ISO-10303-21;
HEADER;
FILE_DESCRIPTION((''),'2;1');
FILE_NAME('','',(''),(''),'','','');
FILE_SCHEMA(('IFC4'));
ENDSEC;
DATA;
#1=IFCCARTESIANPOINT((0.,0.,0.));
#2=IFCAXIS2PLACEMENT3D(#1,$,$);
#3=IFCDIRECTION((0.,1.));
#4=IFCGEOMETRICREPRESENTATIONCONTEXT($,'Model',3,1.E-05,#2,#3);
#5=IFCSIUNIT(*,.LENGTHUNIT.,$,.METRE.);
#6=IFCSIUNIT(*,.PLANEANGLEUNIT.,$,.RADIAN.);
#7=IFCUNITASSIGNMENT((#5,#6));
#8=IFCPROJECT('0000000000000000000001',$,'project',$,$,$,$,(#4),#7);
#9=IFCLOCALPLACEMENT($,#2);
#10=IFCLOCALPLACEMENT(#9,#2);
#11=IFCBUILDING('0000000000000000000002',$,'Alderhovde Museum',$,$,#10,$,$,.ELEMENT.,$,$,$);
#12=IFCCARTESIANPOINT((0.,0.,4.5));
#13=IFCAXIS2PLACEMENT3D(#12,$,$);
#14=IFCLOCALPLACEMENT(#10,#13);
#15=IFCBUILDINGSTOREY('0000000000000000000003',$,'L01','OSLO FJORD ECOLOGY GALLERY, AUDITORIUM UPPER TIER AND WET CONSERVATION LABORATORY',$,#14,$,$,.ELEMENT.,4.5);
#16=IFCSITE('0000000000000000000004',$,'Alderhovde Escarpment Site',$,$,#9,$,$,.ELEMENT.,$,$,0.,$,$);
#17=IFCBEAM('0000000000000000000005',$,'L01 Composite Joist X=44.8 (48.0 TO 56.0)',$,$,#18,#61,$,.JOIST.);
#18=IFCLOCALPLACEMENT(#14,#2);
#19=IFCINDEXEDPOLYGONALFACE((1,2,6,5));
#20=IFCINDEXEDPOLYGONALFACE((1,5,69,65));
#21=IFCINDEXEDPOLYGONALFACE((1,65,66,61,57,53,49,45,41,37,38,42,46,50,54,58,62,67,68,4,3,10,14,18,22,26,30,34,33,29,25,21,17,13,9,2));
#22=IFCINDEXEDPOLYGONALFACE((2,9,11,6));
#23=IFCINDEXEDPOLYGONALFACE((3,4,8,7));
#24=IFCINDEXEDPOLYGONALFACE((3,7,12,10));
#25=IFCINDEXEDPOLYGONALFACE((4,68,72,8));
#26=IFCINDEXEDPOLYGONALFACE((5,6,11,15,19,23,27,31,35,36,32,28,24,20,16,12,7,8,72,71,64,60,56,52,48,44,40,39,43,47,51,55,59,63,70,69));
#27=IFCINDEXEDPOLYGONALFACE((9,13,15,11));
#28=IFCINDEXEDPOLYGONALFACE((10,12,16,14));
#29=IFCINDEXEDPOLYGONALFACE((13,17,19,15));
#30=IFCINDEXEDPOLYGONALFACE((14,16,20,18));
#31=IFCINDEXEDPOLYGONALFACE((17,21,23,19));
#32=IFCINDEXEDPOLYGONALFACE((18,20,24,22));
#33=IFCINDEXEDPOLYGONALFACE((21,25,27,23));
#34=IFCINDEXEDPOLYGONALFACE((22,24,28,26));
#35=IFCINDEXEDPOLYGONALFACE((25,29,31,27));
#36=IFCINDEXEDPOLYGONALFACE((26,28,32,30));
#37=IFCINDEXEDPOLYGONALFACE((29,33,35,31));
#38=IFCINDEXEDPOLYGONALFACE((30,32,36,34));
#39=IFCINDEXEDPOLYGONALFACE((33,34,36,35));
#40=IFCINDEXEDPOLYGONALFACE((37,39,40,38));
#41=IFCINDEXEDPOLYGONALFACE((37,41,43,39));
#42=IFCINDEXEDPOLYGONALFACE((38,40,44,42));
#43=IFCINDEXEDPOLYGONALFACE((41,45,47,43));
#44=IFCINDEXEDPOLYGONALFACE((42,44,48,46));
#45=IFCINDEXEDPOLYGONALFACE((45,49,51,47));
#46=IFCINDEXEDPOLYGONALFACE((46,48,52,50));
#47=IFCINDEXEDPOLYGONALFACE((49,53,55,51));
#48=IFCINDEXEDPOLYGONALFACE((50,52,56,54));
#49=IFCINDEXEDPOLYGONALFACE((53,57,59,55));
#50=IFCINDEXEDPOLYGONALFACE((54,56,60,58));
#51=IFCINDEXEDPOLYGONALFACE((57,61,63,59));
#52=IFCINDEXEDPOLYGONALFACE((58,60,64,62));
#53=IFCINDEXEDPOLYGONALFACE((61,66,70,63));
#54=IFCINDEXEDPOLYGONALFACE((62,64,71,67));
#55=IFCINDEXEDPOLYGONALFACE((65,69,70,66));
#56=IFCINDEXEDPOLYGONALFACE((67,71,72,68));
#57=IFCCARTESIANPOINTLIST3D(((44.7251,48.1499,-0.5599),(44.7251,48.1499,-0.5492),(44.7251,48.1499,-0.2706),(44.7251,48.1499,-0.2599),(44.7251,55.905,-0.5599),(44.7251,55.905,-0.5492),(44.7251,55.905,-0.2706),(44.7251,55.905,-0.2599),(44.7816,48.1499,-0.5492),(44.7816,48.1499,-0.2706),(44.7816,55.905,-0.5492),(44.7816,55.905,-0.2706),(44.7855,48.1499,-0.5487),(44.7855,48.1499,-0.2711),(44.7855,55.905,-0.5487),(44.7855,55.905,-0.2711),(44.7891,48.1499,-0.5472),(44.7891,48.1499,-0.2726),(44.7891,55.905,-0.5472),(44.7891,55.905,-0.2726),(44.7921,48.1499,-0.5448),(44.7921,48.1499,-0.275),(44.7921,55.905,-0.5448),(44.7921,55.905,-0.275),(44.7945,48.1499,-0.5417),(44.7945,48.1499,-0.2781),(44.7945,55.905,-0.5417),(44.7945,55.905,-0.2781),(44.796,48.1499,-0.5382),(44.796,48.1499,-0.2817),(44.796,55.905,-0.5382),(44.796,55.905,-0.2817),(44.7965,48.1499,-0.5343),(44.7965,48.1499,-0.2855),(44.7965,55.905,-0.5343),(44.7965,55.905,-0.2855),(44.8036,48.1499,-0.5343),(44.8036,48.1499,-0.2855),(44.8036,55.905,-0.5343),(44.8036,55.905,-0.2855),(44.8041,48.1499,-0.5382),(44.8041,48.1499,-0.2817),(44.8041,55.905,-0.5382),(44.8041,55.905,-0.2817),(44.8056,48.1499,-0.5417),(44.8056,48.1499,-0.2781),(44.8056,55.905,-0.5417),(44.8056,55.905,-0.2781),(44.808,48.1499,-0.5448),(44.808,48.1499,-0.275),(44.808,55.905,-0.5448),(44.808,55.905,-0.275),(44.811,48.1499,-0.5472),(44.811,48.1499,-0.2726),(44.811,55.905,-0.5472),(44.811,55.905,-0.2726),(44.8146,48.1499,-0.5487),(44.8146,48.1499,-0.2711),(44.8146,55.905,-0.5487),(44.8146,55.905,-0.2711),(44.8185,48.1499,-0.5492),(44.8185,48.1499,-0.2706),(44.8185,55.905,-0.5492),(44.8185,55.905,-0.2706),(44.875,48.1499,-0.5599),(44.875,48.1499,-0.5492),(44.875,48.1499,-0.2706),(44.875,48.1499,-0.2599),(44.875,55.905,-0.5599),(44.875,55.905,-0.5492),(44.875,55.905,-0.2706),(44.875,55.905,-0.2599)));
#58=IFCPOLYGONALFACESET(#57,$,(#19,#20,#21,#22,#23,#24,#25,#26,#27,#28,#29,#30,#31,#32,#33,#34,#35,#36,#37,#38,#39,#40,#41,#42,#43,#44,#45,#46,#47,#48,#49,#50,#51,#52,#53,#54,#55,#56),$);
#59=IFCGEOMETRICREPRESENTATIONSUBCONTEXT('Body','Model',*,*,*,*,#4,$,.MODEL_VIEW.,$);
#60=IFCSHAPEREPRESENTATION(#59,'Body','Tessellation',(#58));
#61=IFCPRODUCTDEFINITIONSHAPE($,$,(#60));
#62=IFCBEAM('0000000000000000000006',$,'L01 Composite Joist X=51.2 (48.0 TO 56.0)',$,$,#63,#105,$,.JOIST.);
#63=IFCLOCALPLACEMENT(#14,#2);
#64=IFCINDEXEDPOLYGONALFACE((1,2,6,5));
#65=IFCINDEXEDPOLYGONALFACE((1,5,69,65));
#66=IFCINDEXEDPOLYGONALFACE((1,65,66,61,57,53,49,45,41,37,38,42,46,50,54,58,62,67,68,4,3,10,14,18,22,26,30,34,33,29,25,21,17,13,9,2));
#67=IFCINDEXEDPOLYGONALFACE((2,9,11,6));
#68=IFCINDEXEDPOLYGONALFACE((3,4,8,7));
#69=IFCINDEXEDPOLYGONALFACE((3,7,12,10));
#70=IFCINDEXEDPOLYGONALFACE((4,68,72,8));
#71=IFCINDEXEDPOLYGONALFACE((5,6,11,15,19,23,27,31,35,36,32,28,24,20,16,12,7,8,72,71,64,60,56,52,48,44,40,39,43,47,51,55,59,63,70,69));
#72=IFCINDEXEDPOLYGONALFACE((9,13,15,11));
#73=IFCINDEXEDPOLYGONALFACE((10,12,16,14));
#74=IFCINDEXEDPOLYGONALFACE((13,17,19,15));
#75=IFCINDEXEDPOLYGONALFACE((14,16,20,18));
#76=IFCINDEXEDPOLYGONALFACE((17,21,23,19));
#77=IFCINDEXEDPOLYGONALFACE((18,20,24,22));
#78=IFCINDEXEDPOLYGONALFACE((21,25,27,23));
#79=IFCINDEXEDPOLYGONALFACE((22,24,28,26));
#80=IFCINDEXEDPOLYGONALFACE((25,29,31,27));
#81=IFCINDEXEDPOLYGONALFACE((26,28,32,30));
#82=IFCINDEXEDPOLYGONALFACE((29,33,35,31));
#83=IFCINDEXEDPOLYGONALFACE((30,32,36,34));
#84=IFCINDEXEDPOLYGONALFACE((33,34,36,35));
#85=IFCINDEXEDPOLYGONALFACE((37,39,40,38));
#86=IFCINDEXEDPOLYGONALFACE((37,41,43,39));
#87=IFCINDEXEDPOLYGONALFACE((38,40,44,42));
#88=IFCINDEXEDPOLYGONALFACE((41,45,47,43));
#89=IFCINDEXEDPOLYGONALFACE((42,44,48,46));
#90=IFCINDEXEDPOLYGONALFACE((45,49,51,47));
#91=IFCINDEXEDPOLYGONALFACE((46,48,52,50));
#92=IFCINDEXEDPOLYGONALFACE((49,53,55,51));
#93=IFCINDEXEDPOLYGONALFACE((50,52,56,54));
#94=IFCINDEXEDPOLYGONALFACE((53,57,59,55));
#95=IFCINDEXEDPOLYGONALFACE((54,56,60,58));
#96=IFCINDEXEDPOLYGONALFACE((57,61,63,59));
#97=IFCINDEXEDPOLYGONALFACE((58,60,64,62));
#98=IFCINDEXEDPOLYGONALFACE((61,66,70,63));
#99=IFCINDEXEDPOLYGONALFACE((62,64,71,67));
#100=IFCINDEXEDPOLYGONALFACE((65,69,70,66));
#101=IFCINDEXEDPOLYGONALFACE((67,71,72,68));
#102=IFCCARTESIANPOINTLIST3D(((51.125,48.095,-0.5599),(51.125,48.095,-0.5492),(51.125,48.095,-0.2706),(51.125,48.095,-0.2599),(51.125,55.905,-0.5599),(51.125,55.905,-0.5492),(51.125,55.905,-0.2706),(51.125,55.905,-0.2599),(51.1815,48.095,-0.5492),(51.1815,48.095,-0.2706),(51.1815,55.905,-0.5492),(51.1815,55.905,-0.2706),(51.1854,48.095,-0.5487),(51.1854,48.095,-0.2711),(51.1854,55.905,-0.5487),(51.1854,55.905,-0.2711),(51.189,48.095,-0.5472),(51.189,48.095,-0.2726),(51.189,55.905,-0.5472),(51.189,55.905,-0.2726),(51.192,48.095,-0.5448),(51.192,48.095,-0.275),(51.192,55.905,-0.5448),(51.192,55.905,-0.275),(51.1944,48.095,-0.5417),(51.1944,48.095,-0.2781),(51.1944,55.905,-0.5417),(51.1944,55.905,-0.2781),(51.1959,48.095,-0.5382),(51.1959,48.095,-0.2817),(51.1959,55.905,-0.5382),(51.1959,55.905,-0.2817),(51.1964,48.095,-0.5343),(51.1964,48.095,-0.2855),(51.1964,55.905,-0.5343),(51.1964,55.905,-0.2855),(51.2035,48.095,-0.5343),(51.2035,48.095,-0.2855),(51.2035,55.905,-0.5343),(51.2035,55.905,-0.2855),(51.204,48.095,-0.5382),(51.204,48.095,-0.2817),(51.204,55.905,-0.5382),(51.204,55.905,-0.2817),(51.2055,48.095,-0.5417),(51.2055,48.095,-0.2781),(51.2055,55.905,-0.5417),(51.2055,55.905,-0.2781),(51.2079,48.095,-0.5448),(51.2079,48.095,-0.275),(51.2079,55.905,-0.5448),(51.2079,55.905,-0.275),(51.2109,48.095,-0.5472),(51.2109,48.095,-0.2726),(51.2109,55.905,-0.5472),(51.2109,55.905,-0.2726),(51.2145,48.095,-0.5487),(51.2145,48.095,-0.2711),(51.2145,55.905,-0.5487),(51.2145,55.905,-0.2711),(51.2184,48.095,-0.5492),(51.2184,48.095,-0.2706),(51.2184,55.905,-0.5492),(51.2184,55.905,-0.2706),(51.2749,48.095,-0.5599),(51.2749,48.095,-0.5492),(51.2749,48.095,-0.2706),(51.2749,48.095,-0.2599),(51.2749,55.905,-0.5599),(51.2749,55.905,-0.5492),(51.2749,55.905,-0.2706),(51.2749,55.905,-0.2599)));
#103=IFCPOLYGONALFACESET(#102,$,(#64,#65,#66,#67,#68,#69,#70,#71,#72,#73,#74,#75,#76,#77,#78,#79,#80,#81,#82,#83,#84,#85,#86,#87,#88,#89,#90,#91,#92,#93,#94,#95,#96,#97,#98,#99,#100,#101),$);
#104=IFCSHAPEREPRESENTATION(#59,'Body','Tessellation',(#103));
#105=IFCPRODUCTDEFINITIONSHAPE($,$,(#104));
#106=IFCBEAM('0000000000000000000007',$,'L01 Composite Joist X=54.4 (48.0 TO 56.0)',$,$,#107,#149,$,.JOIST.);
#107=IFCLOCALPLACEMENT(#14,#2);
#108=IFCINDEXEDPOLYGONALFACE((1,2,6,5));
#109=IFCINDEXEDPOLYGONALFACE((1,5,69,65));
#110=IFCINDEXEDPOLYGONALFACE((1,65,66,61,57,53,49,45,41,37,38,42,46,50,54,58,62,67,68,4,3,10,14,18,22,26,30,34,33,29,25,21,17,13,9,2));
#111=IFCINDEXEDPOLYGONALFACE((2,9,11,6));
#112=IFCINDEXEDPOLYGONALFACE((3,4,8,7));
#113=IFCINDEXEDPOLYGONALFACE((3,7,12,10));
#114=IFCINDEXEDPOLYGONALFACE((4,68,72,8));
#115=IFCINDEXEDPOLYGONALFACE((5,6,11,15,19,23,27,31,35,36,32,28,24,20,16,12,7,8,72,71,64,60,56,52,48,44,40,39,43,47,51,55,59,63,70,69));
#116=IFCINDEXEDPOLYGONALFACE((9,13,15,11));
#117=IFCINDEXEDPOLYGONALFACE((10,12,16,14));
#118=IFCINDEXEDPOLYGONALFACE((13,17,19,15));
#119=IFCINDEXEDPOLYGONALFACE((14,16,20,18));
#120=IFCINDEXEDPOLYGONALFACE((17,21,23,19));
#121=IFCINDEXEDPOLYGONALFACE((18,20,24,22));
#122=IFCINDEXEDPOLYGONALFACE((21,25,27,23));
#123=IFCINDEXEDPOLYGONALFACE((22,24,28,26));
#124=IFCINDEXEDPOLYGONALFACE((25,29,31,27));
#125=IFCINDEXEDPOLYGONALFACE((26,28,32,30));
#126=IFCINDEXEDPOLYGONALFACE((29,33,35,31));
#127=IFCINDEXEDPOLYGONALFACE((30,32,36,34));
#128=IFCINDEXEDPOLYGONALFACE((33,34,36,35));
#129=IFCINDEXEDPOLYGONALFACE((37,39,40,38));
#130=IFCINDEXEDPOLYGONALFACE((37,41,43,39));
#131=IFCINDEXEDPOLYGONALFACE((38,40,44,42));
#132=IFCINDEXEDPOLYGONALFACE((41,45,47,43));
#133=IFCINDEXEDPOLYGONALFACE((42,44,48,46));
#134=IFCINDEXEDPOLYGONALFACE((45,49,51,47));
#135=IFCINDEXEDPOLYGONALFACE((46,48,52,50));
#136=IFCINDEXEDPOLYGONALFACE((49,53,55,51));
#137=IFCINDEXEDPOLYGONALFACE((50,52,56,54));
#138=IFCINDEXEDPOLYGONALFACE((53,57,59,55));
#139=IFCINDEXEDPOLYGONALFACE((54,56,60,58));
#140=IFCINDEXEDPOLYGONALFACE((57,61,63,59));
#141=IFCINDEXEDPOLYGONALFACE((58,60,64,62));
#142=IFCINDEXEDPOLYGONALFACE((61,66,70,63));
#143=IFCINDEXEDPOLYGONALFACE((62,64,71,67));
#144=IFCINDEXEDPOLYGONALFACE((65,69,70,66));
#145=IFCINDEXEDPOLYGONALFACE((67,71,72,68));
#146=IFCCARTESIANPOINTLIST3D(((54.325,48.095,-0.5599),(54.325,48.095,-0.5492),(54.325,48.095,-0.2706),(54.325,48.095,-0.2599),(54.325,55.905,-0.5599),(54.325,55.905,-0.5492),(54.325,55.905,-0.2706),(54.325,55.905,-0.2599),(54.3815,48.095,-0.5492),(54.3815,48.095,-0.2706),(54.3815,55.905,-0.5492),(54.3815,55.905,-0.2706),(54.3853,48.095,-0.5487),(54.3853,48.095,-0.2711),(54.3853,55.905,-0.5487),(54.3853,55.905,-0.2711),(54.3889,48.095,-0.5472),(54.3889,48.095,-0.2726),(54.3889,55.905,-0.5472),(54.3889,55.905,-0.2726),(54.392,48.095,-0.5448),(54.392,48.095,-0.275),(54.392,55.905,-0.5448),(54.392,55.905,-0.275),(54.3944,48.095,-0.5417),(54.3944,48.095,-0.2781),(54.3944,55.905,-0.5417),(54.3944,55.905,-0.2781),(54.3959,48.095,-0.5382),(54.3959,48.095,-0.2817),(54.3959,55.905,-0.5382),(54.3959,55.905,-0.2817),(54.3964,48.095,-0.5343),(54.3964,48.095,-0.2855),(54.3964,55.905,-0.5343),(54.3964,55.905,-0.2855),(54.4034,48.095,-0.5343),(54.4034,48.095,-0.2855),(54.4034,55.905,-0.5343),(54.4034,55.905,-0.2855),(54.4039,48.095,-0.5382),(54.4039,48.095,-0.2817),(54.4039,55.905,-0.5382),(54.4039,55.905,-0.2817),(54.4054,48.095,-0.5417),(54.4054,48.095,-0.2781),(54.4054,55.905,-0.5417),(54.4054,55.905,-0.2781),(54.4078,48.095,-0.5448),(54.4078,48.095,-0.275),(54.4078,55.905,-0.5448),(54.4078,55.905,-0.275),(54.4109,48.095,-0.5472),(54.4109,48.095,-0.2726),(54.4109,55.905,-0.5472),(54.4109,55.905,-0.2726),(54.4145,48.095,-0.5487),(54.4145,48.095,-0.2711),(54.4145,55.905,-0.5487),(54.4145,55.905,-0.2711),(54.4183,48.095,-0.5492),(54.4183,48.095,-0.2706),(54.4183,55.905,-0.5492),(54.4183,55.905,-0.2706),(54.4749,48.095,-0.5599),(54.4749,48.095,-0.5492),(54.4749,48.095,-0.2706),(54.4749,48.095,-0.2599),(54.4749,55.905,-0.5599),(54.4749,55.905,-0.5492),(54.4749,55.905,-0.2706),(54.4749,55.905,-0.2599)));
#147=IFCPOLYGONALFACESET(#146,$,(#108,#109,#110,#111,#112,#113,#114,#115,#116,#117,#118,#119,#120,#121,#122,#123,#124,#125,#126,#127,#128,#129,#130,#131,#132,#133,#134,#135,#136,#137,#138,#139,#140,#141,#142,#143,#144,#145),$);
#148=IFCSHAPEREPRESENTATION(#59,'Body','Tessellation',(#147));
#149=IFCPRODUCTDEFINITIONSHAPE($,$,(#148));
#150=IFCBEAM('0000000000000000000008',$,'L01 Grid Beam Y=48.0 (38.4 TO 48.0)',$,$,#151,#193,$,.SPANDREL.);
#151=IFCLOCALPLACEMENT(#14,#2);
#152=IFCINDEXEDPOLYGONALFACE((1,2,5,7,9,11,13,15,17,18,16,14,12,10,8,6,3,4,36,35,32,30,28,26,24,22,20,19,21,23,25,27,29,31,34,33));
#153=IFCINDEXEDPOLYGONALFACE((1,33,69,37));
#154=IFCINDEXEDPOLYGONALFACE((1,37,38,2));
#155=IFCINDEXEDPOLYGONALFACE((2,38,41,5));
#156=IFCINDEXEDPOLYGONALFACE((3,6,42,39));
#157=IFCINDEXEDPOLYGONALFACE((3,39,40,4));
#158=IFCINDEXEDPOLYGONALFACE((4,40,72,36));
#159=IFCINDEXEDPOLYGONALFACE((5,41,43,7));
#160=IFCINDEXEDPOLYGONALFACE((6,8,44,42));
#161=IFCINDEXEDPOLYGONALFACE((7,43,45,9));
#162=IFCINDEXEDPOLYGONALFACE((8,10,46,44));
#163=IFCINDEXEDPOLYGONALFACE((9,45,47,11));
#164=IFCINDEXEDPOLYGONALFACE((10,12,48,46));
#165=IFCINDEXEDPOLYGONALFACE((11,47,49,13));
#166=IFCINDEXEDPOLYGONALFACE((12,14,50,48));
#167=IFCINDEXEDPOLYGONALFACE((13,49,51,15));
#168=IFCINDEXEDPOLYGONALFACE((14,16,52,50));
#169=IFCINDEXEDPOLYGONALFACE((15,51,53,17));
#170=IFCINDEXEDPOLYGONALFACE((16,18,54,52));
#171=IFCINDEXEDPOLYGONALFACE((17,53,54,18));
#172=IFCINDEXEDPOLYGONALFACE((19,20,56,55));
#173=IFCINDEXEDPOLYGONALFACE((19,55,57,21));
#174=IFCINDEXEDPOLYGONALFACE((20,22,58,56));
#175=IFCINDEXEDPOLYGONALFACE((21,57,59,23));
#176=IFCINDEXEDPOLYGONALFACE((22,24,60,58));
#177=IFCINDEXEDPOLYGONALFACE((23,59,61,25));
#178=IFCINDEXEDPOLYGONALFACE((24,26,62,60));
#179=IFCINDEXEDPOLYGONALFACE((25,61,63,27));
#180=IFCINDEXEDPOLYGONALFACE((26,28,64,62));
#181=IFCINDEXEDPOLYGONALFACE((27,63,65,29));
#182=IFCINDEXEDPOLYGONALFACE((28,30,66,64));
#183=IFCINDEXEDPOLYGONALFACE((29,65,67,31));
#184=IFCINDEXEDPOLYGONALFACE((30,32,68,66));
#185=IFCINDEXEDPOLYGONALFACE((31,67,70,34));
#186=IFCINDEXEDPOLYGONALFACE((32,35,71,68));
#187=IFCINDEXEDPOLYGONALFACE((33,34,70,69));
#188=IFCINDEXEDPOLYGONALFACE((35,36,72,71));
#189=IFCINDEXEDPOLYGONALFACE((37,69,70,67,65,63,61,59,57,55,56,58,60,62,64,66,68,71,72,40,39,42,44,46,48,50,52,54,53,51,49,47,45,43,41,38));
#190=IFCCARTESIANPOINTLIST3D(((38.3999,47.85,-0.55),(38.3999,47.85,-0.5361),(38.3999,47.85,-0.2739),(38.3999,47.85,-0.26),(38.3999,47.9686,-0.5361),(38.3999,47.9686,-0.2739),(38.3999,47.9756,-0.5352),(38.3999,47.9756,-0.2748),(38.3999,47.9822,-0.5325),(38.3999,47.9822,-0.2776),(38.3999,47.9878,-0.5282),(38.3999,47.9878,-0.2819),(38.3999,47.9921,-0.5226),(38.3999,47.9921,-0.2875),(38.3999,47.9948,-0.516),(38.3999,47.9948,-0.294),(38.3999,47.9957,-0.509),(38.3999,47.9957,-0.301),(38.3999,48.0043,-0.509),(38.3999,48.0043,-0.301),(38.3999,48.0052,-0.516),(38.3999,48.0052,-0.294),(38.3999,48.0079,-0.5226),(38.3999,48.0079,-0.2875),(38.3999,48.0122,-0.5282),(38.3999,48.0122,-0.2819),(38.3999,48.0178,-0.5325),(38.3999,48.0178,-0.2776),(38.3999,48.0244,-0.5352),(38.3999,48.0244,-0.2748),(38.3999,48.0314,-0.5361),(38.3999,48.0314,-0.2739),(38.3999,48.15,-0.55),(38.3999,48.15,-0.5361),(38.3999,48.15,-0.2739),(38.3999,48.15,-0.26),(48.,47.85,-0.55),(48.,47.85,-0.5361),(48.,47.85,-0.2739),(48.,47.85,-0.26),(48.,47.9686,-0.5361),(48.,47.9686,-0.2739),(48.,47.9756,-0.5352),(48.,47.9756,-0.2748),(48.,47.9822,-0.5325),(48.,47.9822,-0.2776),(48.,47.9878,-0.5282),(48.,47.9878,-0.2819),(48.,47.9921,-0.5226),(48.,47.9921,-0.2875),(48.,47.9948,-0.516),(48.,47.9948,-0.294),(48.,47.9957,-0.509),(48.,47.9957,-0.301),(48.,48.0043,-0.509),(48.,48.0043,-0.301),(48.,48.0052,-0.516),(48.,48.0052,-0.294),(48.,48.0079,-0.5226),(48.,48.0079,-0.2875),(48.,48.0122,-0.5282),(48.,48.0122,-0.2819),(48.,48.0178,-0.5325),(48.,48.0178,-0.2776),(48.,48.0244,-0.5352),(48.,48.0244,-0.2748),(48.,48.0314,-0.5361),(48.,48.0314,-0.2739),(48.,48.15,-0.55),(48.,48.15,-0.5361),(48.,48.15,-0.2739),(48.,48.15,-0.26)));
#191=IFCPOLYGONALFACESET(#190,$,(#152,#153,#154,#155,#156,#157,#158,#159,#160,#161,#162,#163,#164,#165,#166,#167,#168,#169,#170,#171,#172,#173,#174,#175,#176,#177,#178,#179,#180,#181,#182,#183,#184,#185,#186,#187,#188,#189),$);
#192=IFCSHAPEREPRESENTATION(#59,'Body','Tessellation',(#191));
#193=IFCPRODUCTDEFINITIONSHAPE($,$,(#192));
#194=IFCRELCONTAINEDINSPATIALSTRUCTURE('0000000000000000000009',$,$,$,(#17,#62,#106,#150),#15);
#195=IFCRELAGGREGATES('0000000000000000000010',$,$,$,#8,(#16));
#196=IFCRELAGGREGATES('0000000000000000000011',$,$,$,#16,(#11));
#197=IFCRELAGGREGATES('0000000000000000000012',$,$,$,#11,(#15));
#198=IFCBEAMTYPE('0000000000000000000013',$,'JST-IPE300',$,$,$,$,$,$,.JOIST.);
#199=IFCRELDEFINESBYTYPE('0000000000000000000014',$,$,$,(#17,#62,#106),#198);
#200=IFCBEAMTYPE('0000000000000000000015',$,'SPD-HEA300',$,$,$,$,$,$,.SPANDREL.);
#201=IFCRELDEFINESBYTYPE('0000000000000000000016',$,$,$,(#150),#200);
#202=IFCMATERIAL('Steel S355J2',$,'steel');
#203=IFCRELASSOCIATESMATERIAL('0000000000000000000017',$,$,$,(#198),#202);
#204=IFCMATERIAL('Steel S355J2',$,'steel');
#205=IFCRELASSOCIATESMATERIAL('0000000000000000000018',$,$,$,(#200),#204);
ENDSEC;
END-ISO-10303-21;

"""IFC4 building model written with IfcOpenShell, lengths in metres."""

from ifc_helpers import new_model, si_unit, direction, frame, origin, origin_2d, place, context, subcontext, project, spatial, i_section, extrude, material, material_profile, profile_set, type_object, element, save


model = new_model("IFC4")

# Units and contexts
model_context = context("Model", 3, precision=1e-05, world=origin(), true_north=direction((0.0, 1.0)))
body_context = subcontext(model_context, "Body", "Model", "MODEL_VIEW")
ifc_project = project(units=[si_unit("LENGTHUNIT", "METRE"), si_unit("PLANEANGLEUNIT", "RADIAN")], contexts=[model_context])

# Site, building, storey
site_placement = place(None, origin())
site = spatial("IfcSite", under=ifc_project, at=site_placement, Name="Alderhovde Escarpment Site", CompositionType="ELEMENT", RefElevation=0.0)
building_placement = place(site_placement, origin())
building = spatial("IfcBuilding", under=site, at=building_placement, Name="Alderhovde Museum", CompositionType="ELEMENT")
storey_placement = place(building_placement, frame((0.0, 0.0, 4.5)))
storey = spatial("IfcBuildingStorey", under=building, at=storey_placement, Name="L01", Description="OSLO FJORD ECOLOGY GALLERY, AUDITORIUM UPPER TIER AND WET CONSERVATION LABORATORY", CompositionType="ELEMENT", Elevation=4.5)

# Beams
ifc_material_1 = material(Name="Steel S355J2", Category="steel")
ifc_material_profile_1 = material_profile(ifc_material_1, i_section(OverallWidth=0.1499, OverallDepth=0.3, WebThickness=0.0071, FlangeThickness=0.0107, FilletRadius=0.0149, at=origin_2d()), Name="IPE 300")
ifc_profile_set_1 = profile_set([ifc_material_profile_1], Name="Steel S355J2")
beam_type_1 = type_object("IfcBeamType", Name="JST-IPE300", PredefinedType="JOIST", material=ifc_profile_set_1)
for number, where, z_axis, x_axis, name in (
    (1, (44.8, 48.1499, -0.4099), (0.0, 1.0, 0.0), (-1.0, 0.0, 0.0), "L01 Composite Joist X=44.8 (48.0 TO 56.0)"),
):
    element("IfcBeam", number, at=place(storey_placement, frame(where, z_axis=z_axis, x_axis=x_axis)), inside=storey, type_object=beam_type_1, Name=name, PredefinedType="JOIST", context=body_context, shape_type="SweptSolid", body=[
        extrude(i_section(OverallWidth=0.1499, OverallDepth=0.3, WebThickness=0.0071, FlangeThickness=0.0107, FilletRadius=0.0149, at=origin_2d()), origin(), (0.0, 0.0, 1.0), 7.7551),
    ])
for number, where, z_axis, x_axis, name in (
    (2, (51.2, 48.095, -0.4099), (0.0, 1.0, 0.0), (-1.0, 0.0, 0.0), "L01 Composite Joist X=51.2 (48.0 TO 56.0)"),
    (3, (54.3999, 48.095, -0.4099), (0.0, 1.0, 0.0), (-1.0, 0.0, 0.0), "L01 Composite Joist X=54.4 (48.0 TO 56.0)"),
):
    element("IfcBeam", number, at=place(storey_placement, frame(where, z_axis=z_axis, x_axis=x_axis)), inside=storey, type_object=beam_type_1, Name=name, PredefinedType="JOIST", context=body_context, shape_type="SweptSolid", body=[
        extrude(i_section(OverallWidth=0.1499, OverallDepth=0.3, WebThickness=0.0071, FlangeThickness=0.0107, FilletRadius=0.0149, at=origin_2d()), origin(), (0.0, 0.0, 1.0), 7.8101),
    ])
ifc_material_2 = material(Name="Steel S355J2", Category="steel")
ifc_material_profile_2 = material_profile(ifc_material_2, i_section(OverallWidth=0.3, OverallDepth=0.29, WebThickness=0.0085, FlangeThickness=0.0139, FilletRadius=0.0271, at=origin_2d()), Name="HEA 300")
ifc_profile_set_2 = profile_set([ifc_material_profile_2], Name="Steel S355J2")
beam_type_2 = type_object("IfcBeamType", Name="SPD-HEA300", PredefinedType="SPANDREL", material=ifc_profile_set_2)
beam_1_placement = place(storey_placement, frame((38.3999, 48.0, -0.405), z_axis=(1.0, 0.0, 0.0), x_axis=(0.0, 1.0, 0.0)))
element("IfcBeam", 4, at=beam_1_placement, inside=storey, type_object=beam_type_2, Name="L01 Grid Beam Y=48.0 (38.4 TO 48.0)", PredefinedType="SPANDREL", context=body_context, shape_type="SweptSolid", body=[
    extrude(i_section(OverallWidth=0.3, OverallDepth=0.29, WebThickness=0.0085, FlangeThickness=0.0139, FilletRadius=0.0271, at=origin_2d()), origin(), (0.0, 0.0, 1.0), 9.6001),
])

save(model, "model.ifc")
